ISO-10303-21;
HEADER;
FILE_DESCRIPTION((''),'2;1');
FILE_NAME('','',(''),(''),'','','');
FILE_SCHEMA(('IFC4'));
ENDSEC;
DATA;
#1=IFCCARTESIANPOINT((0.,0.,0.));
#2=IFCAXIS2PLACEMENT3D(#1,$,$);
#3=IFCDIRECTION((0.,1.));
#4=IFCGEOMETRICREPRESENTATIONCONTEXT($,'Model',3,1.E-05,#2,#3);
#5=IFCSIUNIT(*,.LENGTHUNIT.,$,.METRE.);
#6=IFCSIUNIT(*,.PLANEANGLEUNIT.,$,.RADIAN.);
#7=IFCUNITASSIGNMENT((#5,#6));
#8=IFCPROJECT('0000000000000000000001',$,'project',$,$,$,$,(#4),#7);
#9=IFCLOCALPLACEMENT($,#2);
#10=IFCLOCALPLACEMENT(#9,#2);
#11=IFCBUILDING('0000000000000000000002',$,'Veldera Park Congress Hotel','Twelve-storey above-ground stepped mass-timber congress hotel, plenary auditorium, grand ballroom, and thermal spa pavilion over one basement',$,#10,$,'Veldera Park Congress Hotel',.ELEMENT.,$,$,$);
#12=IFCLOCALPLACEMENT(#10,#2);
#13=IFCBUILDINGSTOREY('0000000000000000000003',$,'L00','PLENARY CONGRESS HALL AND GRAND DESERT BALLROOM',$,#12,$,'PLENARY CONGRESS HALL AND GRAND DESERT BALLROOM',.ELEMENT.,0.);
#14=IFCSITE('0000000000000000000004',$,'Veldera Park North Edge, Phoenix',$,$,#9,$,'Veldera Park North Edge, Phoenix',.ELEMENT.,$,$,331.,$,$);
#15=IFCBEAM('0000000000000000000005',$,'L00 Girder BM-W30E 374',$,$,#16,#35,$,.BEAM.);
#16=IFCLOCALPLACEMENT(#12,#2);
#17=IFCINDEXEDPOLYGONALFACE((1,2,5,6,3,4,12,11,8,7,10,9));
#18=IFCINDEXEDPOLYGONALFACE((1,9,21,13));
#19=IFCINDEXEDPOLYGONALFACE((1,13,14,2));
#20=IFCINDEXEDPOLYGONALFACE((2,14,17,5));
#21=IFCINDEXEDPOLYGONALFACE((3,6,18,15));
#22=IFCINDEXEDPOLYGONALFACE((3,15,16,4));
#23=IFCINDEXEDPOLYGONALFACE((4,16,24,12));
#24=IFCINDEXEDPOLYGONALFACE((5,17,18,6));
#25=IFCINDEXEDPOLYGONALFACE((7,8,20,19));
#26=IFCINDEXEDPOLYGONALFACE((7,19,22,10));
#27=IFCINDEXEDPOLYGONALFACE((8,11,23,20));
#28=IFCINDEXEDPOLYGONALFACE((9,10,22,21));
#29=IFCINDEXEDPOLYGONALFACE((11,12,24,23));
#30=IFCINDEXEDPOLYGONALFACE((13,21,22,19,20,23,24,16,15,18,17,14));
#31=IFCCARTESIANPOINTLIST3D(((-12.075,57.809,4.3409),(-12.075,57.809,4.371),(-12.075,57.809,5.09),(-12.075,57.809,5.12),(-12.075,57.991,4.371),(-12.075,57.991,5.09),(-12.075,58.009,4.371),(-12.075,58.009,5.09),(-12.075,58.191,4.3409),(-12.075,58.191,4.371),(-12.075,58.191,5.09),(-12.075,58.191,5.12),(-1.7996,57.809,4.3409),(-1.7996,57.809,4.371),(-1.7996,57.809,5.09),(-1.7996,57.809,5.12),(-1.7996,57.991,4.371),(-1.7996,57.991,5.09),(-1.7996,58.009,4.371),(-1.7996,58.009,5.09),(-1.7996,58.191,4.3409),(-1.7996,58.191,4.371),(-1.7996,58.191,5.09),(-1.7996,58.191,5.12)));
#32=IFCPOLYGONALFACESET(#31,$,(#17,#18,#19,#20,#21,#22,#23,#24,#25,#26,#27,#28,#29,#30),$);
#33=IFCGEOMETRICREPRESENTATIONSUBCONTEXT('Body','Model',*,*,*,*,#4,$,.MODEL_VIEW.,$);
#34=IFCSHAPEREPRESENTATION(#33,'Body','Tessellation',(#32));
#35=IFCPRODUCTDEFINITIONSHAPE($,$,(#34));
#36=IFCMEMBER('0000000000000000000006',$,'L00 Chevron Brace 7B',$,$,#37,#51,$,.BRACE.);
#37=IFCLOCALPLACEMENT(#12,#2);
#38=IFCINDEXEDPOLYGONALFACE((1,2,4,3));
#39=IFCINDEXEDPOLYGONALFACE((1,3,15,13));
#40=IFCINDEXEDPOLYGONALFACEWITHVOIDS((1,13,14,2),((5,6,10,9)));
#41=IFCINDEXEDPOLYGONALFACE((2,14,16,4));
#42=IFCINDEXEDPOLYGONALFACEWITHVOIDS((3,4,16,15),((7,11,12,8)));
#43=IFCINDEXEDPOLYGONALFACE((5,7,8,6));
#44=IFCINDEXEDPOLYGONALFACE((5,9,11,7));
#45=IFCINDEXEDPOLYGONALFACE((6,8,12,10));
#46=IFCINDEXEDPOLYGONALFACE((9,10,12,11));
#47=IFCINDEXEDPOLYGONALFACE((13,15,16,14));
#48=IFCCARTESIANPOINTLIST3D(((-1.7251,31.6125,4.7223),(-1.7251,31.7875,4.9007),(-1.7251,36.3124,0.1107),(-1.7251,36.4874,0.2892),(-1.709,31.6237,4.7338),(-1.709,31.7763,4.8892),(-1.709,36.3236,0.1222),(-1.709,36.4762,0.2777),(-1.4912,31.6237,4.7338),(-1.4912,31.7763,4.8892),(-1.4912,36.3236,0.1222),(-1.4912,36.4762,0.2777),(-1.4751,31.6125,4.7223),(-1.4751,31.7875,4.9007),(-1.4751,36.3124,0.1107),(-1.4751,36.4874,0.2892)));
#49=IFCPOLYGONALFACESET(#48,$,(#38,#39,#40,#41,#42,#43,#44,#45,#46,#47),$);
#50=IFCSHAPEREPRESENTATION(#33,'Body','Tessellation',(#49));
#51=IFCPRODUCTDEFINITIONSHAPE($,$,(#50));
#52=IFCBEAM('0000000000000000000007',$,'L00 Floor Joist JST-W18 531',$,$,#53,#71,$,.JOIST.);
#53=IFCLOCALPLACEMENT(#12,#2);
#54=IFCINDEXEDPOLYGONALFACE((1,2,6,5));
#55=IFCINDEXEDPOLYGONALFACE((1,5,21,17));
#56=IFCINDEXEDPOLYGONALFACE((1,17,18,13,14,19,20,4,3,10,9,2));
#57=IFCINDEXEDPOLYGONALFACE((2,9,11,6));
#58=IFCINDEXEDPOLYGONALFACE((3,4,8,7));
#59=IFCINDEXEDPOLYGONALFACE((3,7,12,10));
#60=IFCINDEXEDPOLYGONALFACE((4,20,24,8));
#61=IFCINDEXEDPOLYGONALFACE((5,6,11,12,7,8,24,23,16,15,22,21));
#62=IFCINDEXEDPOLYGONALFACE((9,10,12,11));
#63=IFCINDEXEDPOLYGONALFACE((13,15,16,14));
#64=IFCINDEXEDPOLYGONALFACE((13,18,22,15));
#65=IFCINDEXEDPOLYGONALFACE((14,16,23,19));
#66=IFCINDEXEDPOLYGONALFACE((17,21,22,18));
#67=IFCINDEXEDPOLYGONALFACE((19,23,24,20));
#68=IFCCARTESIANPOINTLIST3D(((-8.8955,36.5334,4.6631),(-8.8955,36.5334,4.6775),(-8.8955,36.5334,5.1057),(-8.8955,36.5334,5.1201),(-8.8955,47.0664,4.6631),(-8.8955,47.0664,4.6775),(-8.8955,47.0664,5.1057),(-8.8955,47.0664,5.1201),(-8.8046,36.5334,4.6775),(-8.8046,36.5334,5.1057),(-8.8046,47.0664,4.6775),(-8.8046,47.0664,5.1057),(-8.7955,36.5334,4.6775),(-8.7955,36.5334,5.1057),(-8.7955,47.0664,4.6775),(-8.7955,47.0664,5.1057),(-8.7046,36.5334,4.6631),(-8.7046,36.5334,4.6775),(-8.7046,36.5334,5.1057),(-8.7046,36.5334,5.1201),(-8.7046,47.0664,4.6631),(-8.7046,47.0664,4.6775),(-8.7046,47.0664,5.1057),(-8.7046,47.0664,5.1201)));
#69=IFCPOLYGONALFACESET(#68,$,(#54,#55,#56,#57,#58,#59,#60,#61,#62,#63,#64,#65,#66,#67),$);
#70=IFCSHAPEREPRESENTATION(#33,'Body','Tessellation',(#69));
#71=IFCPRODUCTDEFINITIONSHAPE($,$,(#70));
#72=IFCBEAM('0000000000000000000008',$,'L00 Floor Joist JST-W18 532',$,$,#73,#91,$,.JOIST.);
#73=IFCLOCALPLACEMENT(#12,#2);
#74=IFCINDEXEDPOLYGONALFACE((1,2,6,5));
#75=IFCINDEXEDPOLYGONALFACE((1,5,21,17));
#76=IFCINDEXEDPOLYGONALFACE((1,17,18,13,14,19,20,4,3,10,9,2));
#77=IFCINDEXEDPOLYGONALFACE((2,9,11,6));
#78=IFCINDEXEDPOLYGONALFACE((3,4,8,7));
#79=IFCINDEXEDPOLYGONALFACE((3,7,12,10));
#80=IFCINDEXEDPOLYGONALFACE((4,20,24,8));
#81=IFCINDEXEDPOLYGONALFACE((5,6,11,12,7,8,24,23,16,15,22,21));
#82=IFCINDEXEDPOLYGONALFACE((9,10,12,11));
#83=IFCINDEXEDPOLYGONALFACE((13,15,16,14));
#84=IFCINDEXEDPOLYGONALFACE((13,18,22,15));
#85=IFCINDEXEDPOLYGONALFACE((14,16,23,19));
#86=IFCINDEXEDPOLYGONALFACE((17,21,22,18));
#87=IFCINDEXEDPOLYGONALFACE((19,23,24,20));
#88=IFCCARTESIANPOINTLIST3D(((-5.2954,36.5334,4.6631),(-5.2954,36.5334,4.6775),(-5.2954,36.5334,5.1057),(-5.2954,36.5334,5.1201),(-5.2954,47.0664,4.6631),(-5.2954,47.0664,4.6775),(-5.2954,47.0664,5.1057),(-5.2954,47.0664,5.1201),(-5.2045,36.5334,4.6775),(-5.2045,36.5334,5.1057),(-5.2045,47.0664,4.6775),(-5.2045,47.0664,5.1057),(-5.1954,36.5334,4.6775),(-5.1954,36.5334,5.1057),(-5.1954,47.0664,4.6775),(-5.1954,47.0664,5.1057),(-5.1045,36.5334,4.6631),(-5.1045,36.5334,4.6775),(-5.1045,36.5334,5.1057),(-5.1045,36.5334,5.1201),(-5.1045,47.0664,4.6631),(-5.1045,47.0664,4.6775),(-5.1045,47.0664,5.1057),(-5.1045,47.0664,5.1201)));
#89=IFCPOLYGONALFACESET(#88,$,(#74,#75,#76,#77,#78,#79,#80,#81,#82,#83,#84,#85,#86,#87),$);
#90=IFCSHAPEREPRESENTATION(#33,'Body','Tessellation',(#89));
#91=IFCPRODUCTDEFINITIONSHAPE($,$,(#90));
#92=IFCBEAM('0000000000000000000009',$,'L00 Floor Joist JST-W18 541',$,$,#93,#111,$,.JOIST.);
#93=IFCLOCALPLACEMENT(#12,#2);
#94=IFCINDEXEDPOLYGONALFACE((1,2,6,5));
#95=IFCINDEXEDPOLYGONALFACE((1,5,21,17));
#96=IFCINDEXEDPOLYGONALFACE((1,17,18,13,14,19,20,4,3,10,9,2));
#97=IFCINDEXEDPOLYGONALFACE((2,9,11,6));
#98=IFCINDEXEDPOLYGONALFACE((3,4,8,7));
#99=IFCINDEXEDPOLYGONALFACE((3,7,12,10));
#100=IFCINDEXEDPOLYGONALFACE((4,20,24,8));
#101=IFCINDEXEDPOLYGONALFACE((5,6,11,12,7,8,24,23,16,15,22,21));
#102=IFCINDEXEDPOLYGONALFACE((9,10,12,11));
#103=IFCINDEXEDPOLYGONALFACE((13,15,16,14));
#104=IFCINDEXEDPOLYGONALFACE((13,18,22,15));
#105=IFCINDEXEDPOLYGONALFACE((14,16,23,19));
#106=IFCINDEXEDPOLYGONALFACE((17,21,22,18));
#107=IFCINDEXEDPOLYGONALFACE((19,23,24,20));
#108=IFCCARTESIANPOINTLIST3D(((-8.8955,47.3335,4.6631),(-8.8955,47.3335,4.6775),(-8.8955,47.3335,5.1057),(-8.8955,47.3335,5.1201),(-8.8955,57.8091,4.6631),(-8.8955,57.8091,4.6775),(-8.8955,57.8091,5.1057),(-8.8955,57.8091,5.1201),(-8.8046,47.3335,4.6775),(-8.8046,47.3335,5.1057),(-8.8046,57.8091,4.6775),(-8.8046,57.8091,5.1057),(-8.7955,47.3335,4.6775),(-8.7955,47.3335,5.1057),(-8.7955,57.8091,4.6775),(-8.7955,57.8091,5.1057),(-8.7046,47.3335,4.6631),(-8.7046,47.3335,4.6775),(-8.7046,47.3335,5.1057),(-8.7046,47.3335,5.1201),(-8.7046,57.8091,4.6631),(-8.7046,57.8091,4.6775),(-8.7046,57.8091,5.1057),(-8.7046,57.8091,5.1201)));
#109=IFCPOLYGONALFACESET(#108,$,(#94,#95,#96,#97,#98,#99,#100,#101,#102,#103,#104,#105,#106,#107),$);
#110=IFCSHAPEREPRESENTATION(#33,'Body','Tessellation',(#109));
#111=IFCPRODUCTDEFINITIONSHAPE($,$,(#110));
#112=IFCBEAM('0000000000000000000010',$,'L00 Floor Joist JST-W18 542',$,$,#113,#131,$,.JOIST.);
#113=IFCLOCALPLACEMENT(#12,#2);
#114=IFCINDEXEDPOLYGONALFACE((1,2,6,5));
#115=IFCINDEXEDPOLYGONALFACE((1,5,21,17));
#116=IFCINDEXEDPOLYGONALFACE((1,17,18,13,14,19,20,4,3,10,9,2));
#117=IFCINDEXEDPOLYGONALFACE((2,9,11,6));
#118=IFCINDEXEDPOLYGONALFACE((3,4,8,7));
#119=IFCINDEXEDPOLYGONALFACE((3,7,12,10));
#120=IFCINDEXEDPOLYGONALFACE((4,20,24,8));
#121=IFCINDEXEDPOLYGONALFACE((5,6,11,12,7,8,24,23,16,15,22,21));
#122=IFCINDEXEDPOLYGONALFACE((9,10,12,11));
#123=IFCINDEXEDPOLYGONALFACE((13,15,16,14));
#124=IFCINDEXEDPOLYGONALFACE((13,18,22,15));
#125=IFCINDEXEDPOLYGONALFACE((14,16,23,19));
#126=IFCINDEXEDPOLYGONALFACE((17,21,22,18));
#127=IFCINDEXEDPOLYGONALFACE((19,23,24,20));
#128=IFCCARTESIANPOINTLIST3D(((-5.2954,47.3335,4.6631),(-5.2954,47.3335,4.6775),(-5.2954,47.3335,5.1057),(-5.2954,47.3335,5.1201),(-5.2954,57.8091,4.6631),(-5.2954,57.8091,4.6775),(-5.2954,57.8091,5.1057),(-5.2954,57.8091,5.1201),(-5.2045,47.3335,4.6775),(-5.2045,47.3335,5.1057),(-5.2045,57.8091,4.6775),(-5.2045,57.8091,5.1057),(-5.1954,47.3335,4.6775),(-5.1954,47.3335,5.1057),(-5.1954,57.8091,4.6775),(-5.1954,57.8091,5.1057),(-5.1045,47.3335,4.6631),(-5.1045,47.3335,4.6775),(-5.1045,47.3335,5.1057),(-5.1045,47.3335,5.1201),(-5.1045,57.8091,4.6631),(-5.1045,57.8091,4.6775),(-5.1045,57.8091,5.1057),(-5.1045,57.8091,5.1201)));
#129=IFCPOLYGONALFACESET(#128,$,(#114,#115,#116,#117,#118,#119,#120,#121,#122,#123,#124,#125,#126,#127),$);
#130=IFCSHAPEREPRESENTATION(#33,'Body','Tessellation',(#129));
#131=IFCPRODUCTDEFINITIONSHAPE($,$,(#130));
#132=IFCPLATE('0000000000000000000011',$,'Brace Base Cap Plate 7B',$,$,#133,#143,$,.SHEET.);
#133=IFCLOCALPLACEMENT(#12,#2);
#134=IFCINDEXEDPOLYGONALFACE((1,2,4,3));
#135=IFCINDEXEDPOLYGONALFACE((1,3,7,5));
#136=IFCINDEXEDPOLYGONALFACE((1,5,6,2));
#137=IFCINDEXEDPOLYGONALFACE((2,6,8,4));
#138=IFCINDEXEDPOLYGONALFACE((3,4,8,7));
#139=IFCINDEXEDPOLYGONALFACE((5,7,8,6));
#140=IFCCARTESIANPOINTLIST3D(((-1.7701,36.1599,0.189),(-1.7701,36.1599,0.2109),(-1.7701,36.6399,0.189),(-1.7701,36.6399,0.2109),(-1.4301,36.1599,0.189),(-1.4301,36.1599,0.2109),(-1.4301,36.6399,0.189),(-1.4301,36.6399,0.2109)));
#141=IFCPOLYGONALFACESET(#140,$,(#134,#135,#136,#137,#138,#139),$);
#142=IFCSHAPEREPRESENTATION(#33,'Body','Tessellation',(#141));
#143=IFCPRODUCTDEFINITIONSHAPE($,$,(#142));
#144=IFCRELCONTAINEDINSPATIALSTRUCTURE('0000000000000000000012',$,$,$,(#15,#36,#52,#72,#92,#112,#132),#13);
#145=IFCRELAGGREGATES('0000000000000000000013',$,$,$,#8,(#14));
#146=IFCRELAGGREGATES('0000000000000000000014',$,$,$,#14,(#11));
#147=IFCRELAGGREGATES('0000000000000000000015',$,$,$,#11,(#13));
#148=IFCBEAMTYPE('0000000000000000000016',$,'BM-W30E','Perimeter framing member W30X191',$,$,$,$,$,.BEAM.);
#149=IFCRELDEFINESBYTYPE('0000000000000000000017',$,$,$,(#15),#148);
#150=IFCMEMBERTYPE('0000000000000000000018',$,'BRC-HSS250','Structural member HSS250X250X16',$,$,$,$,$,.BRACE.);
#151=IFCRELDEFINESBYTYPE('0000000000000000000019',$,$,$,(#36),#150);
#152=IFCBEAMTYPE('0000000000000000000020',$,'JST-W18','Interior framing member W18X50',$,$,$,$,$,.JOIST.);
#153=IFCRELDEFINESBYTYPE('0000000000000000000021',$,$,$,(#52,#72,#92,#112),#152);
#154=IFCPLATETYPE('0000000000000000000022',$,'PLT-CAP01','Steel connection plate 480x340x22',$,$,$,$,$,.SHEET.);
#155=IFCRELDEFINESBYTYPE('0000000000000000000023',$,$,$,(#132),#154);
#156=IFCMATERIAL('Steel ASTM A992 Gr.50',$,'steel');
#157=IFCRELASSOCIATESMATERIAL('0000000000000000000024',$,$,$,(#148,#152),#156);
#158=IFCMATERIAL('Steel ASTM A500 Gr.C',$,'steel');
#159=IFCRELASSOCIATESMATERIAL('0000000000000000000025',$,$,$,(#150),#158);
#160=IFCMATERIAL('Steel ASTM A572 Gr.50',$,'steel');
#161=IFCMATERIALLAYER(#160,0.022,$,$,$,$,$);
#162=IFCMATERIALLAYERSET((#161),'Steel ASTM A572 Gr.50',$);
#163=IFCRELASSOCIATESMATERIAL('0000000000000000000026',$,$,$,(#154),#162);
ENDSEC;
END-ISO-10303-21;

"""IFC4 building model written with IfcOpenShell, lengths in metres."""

from ifc_helpers import new_model, si_unit, direction, frame, origin, origin_2d, place, context, subcontext, project, spatial, rectangle, hollow_rectangle, i_section, extrude, material, layer, layer_set, material_profile, profile_set, type_object, element, save


model = new_model("IFC4")

# Units and contexts
model_context = context("Model", 3, precision=1e-05, world=origin(), true_north=direction((0.0, 1.0)))
body_context = subcontext(model_context, "Body", "Model", "MODEL_VIEW")
ifc_project = project(units=[si_unit("LENGTHUNIT", "METRE"), si_unit("PLANEANGLEUNIT", "RADIAN")], contexts=[model_context])

# Site, building, storey
site_placement = place(None, origin())
site = spatial("IfcSite", under=ifc_project, at=site_placement, Name="Veldera Park North Edge, Phoenix", LongName="Veldera Park North Edge, Phoenix", CompositionType="ELEMENT", RefElevation=331.0)
building_placement = place(site_placement, origin())
building = spatial("IfcBuilding", under=site, at=building_placement, Name="Veldera Park Congress Hotel", Description="Twelve-storey above-ground stepped mass-timber congress hotel, plenary auditorium, grand ballroom, and thermal spa pavilion over one basement", LongName="Veldera Park Congress Hotel", CompositionType="ELEMENT")
storey_placement = place(building_placement, origin())
storey = spatial("IfcBuildingStorey", under=building, at=storey_placement, Name="L00", Description="PLENARY CONGRESS HALL AND GRAND DESERT BALLROOM", LongName="PLENARY CONGRESS HALL AND GRAND DESERT BALLROOM", CompositionType="ELEMENT", Elevation=0.0)

# Shared definitions
ifc_material_1 = material(Name="Steel ASTM A992 Gr.50", Category="steel")

# Beam
ifc_material_profile_1 = material_profile(ifc_material_1, i_section(OverallWidth=0.3821, OverallDepth=0.7791, WebThickness=0.0181, FlangeThickness=0.03, at=origin_2d()), Name="W30X191")
ifc_profile_set_1 = profile_set([ifc_material_profile_1], Name="Steel ASTM A992 Gr.50")
beam_type_1 = type_object("IfcBeamType", Name="BM-W30E", Description="Perimeter framing member W30X191", PredefinedType="BEAM", material=ifc_profile_set_1)
beam_1_placement = place(storey_placement, frame((-12.075, 58.0, 4.7305), z_axis=(1.0, 0.0, 0.0), x_axis=(0.0, 1.0, 0.0)))
element("IfcBeam", 1, at=beam_1_placement, inside=storey, type_object=beam_type_1, Name="L00 Girder BM-W30E 374", PredefinedType="BEAM", context=body_context, shape_type="SweptSolid", body=[
    extrude(i_section(OverallWidth=0.3821, OverallDepth=0.7791, WebThickness=0.0181, FlangeThickness=0.03, at=origin_2d()), origin(), (0.0, 0.0, 1.0), 10.2754),
])

# Member
ifc_material_2 = material(Name="Steel ASTM A500 Gr.C", Category="steel")
ifc_material_profile_2 = material_profile(ifc_material_2, hollow_rectangle(XDim=0.25, YDim=0.25, WallThickness=0.0161, at=origin_2d()), Name="HSS250X250X16")
ifc_profile_set_2 = profile_set([ifc_material_profile_2], Name="Steel ASTM A500 Gr.C")
member_type = type_object("IfcMemberType", Name="BRC-HSS250", Description="Structural member HSS250X250X16", PredefinedType="BRACE", material=ifc_profile_set_2)
member_placement = place(storey_placement, frame((-1.6001, 36.3999, 0.2), z_axis=(0.0, -0.713786, 0.700364), x_axis=(1.0, 0.0, 0.0)))
element("IfcMember", 2, at=member_placement, inside=storey, type_object=member_type, Name="L00 Chevron Brace 7B", PredefinedType="BRACE", context=body_context, shape_type="SweptSolid", body=[
    extrude(hollow_rectangle(XDim=0.25, YDim=0.25, WallThickness=0.0161, at=origin_2d()), origin(), (0.0, 0.0, 1.0), 6.5845),
])

# Beams
ifc_material_profile_3 = material_profile(ifc_material_1, i_section(OverallWidth=0.1909, OverallDepth=0.457, WebThickness=0.009, FlangeThickness=0.0144, at=origin_2d()), Name="W18X50")
ifc_profile_set_3 = profile_set([ifc_material_profile_3], Name="Steel ASTM A992 Gr.50")
beam_type_2 = type_object("IfcBeamType", Name="JST-W18", Description="Interior framing member W18X50", PredefinedType="JOIST", material=ifc_profile_set_3)
for number, where, z_axis, x_axis, name in (
    (3, (-8.8, 36.5334, 4.8916), (0.0, 1.0, 0.0), (-1.0, 0.0, 0.0), "L00 Floor Joist JST-W18 531"),
    (4, (-5.2, 36.5334, 4.8916), (0.0, 1.0, 0.0), (-1.0, 0.0, 0.0), "L00 Floor Joist JST-W18 532"),
):
    element("IfcBeam", number, at=place(storey_placement, frame(where, z_axis=z_axis, x_axis=x_axis)), inside=storey, type_object=beam_type_2, Name=name, PredefinedType="JOIST", context=body_context, shape_type="SweptSolid", body=[
        extrude(i_section(OverallWidth=0.1909, OverallDepth=0.457, WebThickness=0.009, FlangeThickness=0.0144, at=origin_2d()), origin(), (0.0, 0.0, 1.0), 10.533),
    ])
for number, where, z_axis, x_axis, name in (
    (5, (-8.8, 47.3335, 4.8916), (0.0, 1.0, 0.0), (-1.0, 0.0, 0.0), "L00 Floor Joist JST-W18 541"),
    (6, (-5.2, 47.3335, 4.8916), (0.0, 1.0, 0.0), (-1.0, 0.0, 0.0), "L00 Floor Joist JST-W18 542"),
):
    element("IfcBeam", number, at=place(storey_placement, frame(where, z_axis=z_axis, x_axis=x_axis)), inside=storey, type_object=beam_type_2, Name=name, PredefinedType="JOIST", context=body_context, shape_type="SweptSolid", body=[
        extrude(i_section(OverallWidth=0.1909, OverallDepth=0.457, WebThickness=0.009, FlangeThickness=0.0144, at=origin_2d()), origin(), (0.0, 0.0, 1.0), 10.4756),
    ])

# Plate
ifc_material_3 = material(Name="Steel ASTM A572 Gr.50", Category="steel")
ifc_layer_1 = layer(ifc_material_3, 0.022)
ifc_layer_set_1 = layer_set([ifc_layer_1], Name="Steel ASTM A572 Gr.50")
plate_type = type_object("IfcPlateType", Name="PLT-CAP01", Description="Steel connection plate 480x340x22", PredefinedType="SHEET", material=ifc_layer_set_1)
plate_placement = place(storey_placement, frame((-1.6001, 36.3999, 0.189), z_axis=(0.0, 0.0, 1.0), x_axis=(0.0, 1.0, 0.0)))
element("IfcPlate", 7, at=plate_placement, inside=storey, type_object=plate_type, Name="Brace Base Cap Plate 7B", PredefinedType="SHEET", context=body_context, shape_type="SweptSolid", body=[
    extrude(rectangle(XDim=0.48, YDim=0.3401, at=origin_2d()), origin(), (0.0, 0.0, 1.0), 0.022),
])

save(model, "model.ifc")
